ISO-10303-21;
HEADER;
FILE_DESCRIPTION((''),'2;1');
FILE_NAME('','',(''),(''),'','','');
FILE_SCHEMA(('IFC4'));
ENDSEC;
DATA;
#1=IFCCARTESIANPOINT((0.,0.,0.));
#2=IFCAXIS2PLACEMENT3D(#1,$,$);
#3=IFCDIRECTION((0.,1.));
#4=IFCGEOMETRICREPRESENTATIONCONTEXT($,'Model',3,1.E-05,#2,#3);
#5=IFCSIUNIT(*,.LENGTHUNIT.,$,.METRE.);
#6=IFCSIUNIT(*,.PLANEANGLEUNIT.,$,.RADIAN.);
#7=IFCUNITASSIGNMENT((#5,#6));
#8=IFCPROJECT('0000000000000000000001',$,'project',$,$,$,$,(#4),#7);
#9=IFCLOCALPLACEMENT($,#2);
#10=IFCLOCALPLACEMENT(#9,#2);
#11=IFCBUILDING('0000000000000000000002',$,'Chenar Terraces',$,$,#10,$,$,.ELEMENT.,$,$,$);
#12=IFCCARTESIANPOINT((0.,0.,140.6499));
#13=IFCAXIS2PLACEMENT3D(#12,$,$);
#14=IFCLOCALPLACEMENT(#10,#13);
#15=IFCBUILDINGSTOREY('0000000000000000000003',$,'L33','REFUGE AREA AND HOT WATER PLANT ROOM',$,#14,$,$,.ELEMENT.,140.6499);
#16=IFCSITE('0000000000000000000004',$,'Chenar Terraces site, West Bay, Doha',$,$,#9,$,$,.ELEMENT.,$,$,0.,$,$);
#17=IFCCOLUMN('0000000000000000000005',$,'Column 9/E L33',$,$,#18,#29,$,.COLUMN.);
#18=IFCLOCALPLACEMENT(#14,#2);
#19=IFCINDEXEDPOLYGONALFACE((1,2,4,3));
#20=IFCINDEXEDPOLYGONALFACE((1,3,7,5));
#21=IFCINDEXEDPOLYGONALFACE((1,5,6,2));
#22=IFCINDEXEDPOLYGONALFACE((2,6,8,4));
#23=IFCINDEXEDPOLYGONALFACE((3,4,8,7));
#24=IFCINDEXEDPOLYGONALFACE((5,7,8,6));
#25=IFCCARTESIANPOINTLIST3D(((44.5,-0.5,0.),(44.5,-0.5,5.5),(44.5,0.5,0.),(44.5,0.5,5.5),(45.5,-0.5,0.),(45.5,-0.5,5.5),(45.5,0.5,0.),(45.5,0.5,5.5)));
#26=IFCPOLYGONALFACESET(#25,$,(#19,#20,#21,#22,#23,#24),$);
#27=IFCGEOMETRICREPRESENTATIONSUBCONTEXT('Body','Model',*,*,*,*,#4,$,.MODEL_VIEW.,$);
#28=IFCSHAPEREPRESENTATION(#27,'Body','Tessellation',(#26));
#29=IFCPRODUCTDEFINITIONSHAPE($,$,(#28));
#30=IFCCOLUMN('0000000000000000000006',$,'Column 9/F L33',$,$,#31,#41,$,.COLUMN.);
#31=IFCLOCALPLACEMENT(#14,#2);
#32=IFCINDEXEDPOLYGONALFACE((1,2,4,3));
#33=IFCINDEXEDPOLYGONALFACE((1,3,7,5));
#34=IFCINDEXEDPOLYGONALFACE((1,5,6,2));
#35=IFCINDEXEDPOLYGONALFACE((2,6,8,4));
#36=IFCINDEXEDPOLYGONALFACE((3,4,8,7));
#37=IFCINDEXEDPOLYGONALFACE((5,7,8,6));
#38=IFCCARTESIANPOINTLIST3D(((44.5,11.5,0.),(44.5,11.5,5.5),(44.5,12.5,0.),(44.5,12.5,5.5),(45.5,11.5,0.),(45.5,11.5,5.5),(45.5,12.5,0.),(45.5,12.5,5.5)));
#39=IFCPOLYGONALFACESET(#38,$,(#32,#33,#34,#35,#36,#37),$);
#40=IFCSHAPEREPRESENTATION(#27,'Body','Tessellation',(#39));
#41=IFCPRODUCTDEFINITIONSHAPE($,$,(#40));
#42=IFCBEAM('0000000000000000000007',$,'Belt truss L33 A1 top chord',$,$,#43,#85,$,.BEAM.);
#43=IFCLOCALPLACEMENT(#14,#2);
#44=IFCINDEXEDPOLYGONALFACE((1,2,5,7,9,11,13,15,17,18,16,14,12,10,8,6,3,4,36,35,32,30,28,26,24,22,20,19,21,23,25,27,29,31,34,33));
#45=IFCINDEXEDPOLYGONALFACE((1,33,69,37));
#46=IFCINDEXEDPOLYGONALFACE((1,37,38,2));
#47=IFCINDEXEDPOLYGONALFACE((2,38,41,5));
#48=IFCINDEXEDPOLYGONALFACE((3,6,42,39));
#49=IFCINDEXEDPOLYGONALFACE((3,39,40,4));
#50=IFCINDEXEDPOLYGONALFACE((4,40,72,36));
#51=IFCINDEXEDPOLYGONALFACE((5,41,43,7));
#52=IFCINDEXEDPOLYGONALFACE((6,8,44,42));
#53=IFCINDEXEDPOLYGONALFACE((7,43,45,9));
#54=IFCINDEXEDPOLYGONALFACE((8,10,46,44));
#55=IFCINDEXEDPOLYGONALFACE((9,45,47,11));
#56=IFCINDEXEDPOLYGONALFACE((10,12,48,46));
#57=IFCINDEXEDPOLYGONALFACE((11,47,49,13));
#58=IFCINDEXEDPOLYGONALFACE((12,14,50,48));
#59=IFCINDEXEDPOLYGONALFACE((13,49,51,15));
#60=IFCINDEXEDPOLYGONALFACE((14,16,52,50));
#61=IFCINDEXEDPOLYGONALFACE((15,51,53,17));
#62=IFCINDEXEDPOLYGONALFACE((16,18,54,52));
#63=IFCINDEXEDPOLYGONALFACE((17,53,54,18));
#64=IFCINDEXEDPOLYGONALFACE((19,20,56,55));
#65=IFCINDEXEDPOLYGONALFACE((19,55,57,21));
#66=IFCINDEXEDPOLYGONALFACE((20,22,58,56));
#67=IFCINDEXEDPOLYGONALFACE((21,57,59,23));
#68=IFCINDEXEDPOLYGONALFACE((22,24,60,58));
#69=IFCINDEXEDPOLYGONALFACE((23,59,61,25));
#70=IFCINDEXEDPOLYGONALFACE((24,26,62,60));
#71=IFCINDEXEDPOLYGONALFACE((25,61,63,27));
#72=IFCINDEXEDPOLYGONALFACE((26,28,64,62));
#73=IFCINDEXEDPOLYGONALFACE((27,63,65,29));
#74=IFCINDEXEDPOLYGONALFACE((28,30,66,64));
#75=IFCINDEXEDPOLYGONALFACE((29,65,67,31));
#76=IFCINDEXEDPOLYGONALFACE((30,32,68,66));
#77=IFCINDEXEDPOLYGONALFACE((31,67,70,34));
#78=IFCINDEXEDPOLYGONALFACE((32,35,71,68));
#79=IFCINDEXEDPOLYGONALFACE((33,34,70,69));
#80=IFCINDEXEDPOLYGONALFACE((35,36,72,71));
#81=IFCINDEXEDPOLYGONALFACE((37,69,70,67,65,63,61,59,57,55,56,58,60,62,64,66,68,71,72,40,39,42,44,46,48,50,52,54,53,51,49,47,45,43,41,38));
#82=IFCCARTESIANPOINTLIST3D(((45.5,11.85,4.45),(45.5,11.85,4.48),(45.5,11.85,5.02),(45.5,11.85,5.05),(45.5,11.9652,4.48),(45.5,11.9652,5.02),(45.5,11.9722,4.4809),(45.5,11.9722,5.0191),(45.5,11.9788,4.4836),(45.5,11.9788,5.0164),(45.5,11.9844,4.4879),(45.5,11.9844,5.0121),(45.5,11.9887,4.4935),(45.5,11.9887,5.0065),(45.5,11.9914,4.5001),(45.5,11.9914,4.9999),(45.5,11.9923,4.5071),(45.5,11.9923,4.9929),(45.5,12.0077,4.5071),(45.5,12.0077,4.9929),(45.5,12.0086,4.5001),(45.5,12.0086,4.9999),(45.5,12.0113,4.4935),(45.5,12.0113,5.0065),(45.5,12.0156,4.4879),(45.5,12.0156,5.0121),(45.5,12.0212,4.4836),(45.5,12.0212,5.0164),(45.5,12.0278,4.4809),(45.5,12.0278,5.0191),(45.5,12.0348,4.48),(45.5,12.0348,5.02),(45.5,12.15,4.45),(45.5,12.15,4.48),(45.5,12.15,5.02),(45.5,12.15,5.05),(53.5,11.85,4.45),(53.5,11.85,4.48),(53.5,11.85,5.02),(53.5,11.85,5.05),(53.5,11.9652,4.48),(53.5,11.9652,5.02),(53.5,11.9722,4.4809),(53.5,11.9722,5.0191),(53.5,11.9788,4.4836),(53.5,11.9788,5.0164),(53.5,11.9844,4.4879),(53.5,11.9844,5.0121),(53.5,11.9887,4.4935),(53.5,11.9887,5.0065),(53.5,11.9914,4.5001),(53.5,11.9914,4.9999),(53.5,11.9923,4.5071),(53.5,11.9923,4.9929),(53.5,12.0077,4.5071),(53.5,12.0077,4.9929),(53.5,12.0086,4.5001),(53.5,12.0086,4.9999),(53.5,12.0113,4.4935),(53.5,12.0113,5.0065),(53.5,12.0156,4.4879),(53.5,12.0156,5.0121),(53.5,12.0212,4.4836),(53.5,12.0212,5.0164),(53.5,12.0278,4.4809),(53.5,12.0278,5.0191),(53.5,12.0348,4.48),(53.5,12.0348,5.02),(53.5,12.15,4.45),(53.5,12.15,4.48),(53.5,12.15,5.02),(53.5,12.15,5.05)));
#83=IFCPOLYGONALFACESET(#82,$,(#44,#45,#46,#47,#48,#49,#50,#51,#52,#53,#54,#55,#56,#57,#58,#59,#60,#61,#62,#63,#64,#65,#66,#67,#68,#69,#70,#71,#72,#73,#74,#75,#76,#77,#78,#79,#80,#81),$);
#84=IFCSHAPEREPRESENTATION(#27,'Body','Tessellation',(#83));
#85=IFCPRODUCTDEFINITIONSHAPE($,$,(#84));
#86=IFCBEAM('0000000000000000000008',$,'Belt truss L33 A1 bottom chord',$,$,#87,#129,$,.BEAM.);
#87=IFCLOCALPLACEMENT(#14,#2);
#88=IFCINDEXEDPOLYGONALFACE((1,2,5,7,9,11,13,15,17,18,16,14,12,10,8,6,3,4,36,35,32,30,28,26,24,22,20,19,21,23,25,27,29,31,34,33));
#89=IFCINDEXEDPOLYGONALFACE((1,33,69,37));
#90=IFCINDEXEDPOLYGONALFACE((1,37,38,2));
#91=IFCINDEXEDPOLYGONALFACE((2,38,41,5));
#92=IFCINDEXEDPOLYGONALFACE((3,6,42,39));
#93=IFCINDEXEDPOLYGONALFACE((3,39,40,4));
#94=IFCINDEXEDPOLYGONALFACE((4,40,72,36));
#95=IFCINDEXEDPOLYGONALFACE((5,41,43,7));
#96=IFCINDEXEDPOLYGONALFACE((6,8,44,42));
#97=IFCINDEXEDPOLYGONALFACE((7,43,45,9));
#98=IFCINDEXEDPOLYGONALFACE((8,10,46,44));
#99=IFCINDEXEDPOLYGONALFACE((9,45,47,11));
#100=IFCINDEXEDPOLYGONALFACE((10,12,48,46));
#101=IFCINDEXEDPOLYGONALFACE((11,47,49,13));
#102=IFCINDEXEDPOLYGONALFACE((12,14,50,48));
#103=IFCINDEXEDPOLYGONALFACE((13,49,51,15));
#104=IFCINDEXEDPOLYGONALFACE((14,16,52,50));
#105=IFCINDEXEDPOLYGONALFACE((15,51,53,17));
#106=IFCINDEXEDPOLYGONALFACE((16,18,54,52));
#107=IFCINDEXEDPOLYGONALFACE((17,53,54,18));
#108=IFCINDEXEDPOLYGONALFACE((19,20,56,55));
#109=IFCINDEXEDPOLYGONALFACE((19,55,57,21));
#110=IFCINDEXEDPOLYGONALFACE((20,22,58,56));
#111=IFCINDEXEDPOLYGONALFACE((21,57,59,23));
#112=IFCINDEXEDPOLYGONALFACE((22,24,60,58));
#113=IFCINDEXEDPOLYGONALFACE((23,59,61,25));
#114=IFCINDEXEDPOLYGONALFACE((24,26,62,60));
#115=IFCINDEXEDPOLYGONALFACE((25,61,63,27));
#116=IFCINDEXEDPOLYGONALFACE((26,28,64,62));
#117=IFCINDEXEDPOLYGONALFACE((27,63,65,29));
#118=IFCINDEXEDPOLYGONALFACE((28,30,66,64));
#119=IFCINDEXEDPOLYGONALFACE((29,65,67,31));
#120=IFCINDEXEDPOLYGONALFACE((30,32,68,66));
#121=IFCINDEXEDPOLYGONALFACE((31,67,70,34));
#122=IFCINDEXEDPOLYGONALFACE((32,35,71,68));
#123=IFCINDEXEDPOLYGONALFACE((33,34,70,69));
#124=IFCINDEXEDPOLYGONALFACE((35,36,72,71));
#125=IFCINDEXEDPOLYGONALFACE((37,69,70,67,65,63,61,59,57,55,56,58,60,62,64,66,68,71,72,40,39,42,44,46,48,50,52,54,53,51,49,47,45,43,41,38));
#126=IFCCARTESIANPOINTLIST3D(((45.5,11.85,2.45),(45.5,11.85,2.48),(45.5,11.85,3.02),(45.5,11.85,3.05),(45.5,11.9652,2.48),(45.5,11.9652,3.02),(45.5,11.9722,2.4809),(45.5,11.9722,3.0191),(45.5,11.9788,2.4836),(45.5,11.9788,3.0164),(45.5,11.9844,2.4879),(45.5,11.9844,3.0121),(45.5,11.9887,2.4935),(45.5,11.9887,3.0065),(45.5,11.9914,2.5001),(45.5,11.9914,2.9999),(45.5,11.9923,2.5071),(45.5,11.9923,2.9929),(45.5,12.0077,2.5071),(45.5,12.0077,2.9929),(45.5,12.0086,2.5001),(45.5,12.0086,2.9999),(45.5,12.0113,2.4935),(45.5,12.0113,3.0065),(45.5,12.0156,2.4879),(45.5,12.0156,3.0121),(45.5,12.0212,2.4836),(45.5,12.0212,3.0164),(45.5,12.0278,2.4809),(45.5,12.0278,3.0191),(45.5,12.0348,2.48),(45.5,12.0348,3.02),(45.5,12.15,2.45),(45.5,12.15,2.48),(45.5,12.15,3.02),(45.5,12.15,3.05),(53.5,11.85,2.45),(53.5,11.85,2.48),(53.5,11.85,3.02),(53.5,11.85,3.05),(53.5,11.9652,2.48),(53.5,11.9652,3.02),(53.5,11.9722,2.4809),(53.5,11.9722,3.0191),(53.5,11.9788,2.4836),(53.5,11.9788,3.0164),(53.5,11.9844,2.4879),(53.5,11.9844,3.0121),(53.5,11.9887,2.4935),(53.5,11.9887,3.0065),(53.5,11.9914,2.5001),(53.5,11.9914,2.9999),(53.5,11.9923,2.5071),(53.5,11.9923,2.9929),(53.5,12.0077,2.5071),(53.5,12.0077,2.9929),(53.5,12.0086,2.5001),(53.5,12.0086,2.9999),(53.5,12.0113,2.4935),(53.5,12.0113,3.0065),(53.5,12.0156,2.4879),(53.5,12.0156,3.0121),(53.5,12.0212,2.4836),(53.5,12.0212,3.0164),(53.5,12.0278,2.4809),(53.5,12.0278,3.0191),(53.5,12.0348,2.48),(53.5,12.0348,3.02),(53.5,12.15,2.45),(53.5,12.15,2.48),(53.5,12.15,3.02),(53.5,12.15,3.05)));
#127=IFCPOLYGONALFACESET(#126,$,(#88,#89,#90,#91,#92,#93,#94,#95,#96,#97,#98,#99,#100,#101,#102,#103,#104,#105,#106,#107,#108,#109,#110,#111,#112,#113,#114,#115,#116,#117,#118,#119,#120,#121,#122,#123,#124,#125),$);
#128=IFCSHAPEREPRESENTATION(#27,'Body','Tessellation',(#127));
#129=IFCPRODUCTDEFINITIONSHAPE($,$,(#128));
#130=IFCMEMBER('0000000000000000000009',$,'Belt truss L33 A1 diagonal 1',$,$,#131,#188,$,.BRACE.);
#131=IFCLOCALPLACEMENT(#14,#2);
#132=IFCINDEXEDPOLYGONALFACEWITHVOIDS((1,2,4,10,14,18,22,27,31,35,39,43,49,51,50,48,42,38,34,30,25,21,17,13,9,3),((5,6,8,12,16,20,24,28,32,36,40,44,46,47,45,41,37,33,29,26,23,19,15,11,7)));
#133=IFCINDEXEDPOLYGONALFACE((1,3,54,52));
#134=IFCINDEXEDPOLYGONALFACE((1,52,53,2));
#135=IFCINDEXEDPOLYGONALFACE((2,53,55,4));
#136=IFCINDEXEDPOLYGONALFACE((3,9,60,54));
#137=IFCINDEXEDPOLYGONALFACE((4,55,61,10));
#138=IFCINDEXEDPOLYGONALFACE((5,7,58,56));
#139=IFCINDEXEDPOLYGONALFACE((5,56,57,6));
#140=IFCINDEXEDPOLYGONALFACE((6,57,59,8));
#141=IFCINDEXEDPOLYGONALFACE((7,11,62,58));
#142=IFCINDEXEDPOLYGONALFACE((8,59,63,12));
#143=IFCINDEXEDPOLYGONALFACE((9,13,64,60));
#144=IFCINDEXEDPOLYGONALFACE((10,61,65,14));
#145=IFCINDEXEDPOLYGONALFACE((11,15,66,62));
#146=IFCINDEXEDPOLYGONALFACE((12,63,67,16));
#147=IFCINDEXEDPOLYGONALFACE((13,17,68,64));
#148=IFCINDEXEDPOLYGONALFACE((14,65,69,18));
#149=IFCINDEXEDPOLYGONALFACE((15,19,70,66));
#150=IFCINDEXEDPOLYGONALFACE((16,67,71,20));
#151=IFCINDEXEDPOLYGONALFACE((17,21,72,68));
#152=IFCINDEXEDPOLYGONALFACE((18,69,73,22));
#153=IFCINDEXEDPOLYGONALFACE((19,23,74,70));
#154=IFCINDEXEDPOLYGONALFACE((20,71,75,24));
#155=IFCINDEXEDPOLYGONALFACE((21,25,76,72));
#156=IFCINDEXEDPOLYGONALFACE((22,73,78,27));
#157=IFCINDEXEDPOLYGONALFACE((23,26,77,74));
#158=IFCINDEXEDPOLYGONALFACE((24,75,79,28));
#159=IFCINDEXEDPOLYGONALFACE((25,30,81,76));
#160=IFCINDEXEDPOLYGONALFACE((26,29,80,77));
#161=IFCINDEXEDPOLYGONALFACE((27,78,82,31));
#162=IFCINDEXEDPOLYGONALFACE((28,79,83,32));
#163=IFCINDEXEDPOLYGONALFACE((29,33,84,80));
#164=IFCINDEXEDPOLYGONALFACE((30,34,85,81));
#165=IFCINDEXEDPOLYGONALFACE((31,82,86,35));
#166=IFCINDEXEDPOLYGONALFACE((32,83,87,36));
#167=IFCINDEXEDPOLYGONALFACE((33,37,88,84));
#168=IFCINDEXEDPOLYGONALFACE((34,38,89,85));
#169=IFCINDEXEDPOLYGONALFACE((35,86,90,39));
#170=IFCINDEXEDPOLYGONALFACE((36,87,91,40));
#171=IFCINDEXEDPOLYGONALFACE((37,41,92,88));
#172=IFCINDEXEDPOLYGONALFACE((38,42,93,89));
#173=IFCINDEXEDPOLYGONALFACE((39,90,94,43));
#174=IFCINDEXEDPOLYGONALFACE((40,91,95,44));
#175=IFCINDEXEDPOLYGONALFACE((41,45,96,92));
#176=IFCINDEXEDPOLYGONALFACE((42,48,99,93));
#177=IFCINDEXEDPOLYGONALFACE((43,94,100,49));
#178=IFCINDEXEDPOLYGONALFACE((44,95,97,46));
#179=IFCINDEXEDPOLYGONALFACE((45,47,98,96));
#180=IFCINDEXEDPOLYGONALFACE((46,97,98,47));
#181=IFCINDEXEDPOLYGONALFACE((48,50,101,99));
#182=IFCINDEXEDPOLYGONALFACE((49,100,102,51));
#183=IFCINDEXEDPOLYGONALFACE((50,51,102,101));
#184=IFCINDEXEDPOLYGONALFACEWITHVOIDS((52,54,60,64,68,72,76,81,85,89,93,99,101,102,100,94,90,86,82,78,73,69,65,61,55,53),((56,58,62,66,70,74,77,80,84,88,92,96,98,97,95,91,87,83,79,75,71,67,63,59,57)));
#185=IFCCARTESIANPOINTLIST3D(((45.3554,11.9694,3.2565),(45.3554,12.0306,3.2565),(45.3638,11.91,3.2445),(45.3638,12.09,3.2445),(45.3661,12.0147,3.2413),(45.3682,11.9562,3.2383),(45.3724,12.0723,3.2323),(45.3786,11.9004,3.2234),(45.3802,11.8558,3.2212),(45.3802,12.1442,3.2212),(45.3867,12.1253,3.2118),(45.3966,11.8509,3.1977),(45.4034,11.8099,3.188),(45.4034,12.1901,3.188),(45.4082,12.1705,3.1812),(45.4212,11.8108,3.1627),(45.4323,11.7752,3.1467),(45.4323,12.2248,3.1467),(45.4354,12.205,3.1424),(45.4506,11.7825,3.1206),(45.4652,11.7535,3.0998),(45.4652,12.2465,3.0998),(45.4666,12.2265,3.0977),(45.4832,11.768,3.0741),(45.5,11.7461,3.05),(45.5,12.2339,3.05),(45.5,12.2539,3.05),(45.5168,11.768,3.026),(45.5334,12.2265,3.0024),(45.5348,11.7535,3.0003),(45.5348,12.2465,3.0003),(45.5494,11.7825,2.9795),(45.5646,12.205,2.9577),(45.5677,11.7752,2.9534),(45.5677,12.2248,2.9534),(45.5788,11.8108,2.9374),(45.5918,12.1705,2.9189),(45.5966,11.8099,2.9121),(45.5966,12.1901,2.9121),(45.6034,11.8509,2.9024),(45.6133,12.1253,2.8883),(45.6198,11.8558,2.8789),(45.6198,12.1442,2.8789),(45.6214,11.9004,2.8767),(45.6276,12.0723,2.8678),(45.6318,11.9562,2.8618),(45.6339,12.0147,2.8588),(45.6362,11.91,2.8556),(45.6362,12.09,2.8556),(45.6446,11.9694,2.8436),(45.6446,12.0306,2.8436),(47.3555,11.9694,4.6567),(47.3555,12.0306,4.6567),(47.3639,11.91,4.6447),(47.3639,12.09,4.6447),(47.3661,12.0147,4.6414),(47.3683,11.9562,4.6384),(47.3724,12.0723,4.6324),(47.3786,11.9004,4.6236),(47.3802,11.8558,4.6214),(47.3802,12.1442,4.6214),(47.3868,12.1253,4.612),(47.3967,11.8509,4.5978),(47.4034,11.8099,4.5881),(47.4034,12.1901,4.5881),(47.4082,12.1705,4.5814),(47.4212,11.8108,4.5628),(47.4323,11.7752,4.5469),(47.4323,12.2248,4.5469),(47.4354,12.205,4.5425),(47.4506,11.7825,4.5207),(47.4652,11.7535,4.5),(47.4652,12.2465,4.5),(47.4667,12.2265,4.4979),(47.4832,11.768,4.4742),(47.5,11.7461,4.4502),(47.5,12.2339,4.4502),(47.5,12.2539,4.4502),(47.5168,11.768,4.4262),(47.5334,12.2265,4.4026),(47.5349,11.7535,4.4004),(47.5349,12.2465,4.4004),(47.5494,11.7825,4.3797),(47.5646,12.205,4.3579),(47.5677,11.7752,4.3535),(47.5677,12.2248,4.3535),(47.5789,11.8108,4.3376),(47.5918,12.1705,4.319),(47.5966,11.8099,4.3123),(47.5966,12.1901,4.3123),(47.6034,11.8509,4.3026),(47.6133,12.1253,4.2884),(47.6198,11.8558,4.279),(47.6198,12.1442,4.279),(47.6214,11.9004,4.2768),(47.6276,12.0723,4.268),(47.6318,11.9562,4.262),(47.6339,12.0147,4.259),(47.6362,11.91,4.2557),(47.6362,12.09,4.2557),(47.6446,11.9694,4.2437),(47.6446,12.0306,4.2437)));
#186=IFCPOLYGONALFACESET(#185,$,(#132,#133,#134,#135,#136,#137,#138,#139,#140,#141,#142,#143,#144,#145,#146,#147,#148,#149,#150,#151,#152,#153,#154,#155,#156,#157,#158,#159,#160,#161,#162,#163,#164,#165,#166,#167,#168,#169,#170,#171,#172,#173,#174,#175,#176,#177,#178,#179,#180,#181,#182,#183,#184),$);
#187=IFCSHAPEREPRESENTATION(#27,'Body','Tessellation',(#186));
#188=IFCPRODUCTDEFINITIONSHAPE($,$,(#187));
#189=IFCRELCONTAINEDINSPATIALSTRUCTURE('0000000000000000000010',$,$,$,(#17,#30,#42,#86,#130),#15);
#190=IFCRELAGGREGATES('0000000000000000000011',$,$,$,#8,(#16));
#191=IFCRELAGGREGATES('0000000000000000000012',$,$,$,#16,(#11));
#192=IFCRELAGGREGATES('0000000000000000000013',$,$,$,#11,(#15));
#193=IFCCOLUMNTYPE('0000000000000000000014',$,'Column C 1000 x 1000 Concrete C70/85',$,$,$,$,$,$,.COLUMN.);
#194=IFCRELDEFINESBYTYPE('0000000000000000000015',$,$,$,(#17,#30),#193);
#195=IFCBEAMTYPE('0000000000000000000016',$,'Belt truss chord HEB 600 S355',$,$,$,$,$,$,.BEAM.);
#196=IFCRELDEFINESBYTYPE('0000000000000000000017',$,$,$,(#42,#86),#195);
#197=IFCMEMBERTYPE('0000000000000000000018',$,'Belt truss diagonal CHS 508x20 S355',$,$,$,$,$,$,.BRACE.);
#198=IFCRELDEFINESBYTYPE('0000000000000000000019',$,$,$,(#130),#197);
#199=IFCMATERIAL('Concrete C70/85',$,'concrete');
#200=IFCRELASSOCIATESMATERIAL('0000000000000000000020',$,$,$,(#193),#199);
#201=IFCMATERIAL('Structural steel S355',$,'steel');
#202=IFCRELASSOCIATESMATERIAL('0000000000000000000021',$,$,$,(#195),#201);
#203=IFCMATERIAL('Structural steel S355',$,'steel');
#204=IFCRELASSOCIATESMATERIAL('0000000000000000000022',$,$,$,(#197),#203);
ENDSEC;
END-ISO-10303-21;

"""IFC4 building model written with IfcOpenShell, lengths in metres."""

from ifc_helpers import new_model, si_unit, direction, frame, origin, origin_2d, place, context, subcontext, project, spatial, rectangle, hollow_circle, i_section, extrude, material, material_profile, profile_set, type_object, element, save


model = new_model("IFC4")

# Units and contexts
model_context = context("Model", 3, precision=1e-05, world=origin(), true_north=direction((0.0, 1.0)))
body_context = subcontext(model_context, "Body", "Model", "MODEL_VIEW")
ifc_project = project(units=[si_unit("LENGTHUNIT", "METRE"), si_unit("PLANEANGLEUNIT", "RADIAN")], contexts=[model_context])

# Site, building, storey
site_placement = place(None, origin())
site = spatial("IfcSite", under=ifc_project, at=site_placement, Name="Chenar Terraces site, West Bay, Doha", CompositionType="ELEMENT", RefElevation=0.0)
building_placement = place(site_placement, origin())
building = spatial("IfcBuilding", under=site, at=building_placement, Name="Chenar Terraces", CompositionType="ELEMENT")
storey_placement = place(building_placement, frame((0.0, 0.0, 140.6499)))
storey = spatial("IfcBuildingStorey", under=building, at=storey_placement, Name="L33", Description="REFUGE AREA AND HOT WATER PLANT ROOM", CompositionType="ELEMENT", Elevation=140.6499)

# Columns
ifc_material_1 = material(Name="Concrete C70/85", Category="concrete")
ifc_material_profile_1 = material_profile(ifc_material_1, rectangle(XDim=1.0, YDim=1.0, at=origin_2d()), Name="C 1000 x 1000")
ifc_profile_set_1 = profile_set([ifc_material_profile_1], Name="Concrete C70/85")
column_type = type_object("IfcColumnType", Name="Column C 1000 x 1000 Concrete C70/85", PredefinedType="COLUMN", material=ifc_profile_set_1)
for number, where, z_axis, x_axis, name in (
    (1, (45.0, 0.0, 0.0), (0.0, 0.0, 1.0), (1.0, 0.0, 0.0), "Column 9/E L33"),
    (2, (45.0, 12.0, 0.0), (0.0, 0.0, 1.0), (1.0, 0.0, 0.0), "Column 9/F L33"),
):
    element("IfcColumn", number, at=place(storey_placement, frame(where, z_axis=z_axis, x_axis=x_axis)), inside=storey, type_object=column_type, Name=name, PredefinedType="COLUMN", context=body_context, shape_type="SweptSolid", body=[
        extrude(rectangle(XDim=1.0, YDim=1.0, at=origin_2d()), origin(), (0.0, 0.0, 1.0), 5.5),
    ])

# Beams
ifc_material_2 = material(Name="Structural steel S355", Category="steel")
ifc_material_profile_2 = material_profile(ifc_material_2, i_section(OverallWidth=0.3, OverallDepth=0.6001, WebThickness=0.0154, FlangeThickness=0.03, FilletRadius=0.0271, at=origin_2d()), Name="HEB 600")
ifc_profile_set_2 = profile_set([ifc_material_profile_2], Name="Structural steel S355")
beam_type = type_object("IfcBeamType", Name="Belt truss chord HEB 600 S355", PredefinedType="BEAM", material=ifc_profile_set_2)
for number, where, z_axis, x_axis, name in (
    (3, (45.5, 12.0, 4.75), (1.0, 0.0, 0.0), (0.0, 1.0, 0.0), "Belt truss L33 A1 top chord"),
    (4, (45.5, 12.0, 2.75), (1.0, 0.0, 0.0), (0.0, 1.0, 0.0), "Belt truss L33 A1 bottom chord"),
):
    element("IfcBeam", number, at=place(storey_placement, frame(where, z_axis=z_axis, x_axis=x_axis)), inside=storey, type_object=beam_type, Name=name, PredefinedType="BEAM", context=body_context, shape_type="SweptSolid", body=[
        extrude(i_section(OverallWidth=0.3, OverallDepth=0.6001, WebThickness=0.0154, FlangeThickness=0.03, FilletRadius=0.0271, at=origin_2d()), origin(), (0.0, 0.0, 1.0), 8.0),
    ])

# Member
ifc_material_3 = material(Name="Structural steel S355", Category="steel")
ifc_material_profile_3 = material_profile(ifc_material_3, hollow_circle(Radius=0.2539, WallThickness=0.02, at=origin_2d()), Name="CHS 508x20")
ifc_profile_set_3 = profile_set([ifc_material_profile_3], Name="Structural steel S355")
member_type = type_object("IfcMemberType", Name="Belt truss diagonal CHS 508x20 S355", PredefinedType="BRACE", material=ifc_profile_set_3)
for number, where, z_axis, x_axis, name in (
    (5, (45.5, 12.0, 3.05), (0.819204, 0.0, 0.573503), (0.0, 1.0, 0.0), "Belt truss L33 A1 diagonal 1"),
):
    element("IfcMember", number, at=place(storey_placement, frame(where, z_axis=z_axis, x_axis=x_axis)), inside=storey, type_object=member_type, Name=name, PredefinedType="BRACE", context=body_context, shape_type="SweptSolid", body=[
        extrude(hollow_circle(Radius=0.2539, WallThickness=0.02, at=origin_2d()), origin(), (0.0, 0.0, 1.0), 2.4414),
    ])

save(model, "model.ifc")
